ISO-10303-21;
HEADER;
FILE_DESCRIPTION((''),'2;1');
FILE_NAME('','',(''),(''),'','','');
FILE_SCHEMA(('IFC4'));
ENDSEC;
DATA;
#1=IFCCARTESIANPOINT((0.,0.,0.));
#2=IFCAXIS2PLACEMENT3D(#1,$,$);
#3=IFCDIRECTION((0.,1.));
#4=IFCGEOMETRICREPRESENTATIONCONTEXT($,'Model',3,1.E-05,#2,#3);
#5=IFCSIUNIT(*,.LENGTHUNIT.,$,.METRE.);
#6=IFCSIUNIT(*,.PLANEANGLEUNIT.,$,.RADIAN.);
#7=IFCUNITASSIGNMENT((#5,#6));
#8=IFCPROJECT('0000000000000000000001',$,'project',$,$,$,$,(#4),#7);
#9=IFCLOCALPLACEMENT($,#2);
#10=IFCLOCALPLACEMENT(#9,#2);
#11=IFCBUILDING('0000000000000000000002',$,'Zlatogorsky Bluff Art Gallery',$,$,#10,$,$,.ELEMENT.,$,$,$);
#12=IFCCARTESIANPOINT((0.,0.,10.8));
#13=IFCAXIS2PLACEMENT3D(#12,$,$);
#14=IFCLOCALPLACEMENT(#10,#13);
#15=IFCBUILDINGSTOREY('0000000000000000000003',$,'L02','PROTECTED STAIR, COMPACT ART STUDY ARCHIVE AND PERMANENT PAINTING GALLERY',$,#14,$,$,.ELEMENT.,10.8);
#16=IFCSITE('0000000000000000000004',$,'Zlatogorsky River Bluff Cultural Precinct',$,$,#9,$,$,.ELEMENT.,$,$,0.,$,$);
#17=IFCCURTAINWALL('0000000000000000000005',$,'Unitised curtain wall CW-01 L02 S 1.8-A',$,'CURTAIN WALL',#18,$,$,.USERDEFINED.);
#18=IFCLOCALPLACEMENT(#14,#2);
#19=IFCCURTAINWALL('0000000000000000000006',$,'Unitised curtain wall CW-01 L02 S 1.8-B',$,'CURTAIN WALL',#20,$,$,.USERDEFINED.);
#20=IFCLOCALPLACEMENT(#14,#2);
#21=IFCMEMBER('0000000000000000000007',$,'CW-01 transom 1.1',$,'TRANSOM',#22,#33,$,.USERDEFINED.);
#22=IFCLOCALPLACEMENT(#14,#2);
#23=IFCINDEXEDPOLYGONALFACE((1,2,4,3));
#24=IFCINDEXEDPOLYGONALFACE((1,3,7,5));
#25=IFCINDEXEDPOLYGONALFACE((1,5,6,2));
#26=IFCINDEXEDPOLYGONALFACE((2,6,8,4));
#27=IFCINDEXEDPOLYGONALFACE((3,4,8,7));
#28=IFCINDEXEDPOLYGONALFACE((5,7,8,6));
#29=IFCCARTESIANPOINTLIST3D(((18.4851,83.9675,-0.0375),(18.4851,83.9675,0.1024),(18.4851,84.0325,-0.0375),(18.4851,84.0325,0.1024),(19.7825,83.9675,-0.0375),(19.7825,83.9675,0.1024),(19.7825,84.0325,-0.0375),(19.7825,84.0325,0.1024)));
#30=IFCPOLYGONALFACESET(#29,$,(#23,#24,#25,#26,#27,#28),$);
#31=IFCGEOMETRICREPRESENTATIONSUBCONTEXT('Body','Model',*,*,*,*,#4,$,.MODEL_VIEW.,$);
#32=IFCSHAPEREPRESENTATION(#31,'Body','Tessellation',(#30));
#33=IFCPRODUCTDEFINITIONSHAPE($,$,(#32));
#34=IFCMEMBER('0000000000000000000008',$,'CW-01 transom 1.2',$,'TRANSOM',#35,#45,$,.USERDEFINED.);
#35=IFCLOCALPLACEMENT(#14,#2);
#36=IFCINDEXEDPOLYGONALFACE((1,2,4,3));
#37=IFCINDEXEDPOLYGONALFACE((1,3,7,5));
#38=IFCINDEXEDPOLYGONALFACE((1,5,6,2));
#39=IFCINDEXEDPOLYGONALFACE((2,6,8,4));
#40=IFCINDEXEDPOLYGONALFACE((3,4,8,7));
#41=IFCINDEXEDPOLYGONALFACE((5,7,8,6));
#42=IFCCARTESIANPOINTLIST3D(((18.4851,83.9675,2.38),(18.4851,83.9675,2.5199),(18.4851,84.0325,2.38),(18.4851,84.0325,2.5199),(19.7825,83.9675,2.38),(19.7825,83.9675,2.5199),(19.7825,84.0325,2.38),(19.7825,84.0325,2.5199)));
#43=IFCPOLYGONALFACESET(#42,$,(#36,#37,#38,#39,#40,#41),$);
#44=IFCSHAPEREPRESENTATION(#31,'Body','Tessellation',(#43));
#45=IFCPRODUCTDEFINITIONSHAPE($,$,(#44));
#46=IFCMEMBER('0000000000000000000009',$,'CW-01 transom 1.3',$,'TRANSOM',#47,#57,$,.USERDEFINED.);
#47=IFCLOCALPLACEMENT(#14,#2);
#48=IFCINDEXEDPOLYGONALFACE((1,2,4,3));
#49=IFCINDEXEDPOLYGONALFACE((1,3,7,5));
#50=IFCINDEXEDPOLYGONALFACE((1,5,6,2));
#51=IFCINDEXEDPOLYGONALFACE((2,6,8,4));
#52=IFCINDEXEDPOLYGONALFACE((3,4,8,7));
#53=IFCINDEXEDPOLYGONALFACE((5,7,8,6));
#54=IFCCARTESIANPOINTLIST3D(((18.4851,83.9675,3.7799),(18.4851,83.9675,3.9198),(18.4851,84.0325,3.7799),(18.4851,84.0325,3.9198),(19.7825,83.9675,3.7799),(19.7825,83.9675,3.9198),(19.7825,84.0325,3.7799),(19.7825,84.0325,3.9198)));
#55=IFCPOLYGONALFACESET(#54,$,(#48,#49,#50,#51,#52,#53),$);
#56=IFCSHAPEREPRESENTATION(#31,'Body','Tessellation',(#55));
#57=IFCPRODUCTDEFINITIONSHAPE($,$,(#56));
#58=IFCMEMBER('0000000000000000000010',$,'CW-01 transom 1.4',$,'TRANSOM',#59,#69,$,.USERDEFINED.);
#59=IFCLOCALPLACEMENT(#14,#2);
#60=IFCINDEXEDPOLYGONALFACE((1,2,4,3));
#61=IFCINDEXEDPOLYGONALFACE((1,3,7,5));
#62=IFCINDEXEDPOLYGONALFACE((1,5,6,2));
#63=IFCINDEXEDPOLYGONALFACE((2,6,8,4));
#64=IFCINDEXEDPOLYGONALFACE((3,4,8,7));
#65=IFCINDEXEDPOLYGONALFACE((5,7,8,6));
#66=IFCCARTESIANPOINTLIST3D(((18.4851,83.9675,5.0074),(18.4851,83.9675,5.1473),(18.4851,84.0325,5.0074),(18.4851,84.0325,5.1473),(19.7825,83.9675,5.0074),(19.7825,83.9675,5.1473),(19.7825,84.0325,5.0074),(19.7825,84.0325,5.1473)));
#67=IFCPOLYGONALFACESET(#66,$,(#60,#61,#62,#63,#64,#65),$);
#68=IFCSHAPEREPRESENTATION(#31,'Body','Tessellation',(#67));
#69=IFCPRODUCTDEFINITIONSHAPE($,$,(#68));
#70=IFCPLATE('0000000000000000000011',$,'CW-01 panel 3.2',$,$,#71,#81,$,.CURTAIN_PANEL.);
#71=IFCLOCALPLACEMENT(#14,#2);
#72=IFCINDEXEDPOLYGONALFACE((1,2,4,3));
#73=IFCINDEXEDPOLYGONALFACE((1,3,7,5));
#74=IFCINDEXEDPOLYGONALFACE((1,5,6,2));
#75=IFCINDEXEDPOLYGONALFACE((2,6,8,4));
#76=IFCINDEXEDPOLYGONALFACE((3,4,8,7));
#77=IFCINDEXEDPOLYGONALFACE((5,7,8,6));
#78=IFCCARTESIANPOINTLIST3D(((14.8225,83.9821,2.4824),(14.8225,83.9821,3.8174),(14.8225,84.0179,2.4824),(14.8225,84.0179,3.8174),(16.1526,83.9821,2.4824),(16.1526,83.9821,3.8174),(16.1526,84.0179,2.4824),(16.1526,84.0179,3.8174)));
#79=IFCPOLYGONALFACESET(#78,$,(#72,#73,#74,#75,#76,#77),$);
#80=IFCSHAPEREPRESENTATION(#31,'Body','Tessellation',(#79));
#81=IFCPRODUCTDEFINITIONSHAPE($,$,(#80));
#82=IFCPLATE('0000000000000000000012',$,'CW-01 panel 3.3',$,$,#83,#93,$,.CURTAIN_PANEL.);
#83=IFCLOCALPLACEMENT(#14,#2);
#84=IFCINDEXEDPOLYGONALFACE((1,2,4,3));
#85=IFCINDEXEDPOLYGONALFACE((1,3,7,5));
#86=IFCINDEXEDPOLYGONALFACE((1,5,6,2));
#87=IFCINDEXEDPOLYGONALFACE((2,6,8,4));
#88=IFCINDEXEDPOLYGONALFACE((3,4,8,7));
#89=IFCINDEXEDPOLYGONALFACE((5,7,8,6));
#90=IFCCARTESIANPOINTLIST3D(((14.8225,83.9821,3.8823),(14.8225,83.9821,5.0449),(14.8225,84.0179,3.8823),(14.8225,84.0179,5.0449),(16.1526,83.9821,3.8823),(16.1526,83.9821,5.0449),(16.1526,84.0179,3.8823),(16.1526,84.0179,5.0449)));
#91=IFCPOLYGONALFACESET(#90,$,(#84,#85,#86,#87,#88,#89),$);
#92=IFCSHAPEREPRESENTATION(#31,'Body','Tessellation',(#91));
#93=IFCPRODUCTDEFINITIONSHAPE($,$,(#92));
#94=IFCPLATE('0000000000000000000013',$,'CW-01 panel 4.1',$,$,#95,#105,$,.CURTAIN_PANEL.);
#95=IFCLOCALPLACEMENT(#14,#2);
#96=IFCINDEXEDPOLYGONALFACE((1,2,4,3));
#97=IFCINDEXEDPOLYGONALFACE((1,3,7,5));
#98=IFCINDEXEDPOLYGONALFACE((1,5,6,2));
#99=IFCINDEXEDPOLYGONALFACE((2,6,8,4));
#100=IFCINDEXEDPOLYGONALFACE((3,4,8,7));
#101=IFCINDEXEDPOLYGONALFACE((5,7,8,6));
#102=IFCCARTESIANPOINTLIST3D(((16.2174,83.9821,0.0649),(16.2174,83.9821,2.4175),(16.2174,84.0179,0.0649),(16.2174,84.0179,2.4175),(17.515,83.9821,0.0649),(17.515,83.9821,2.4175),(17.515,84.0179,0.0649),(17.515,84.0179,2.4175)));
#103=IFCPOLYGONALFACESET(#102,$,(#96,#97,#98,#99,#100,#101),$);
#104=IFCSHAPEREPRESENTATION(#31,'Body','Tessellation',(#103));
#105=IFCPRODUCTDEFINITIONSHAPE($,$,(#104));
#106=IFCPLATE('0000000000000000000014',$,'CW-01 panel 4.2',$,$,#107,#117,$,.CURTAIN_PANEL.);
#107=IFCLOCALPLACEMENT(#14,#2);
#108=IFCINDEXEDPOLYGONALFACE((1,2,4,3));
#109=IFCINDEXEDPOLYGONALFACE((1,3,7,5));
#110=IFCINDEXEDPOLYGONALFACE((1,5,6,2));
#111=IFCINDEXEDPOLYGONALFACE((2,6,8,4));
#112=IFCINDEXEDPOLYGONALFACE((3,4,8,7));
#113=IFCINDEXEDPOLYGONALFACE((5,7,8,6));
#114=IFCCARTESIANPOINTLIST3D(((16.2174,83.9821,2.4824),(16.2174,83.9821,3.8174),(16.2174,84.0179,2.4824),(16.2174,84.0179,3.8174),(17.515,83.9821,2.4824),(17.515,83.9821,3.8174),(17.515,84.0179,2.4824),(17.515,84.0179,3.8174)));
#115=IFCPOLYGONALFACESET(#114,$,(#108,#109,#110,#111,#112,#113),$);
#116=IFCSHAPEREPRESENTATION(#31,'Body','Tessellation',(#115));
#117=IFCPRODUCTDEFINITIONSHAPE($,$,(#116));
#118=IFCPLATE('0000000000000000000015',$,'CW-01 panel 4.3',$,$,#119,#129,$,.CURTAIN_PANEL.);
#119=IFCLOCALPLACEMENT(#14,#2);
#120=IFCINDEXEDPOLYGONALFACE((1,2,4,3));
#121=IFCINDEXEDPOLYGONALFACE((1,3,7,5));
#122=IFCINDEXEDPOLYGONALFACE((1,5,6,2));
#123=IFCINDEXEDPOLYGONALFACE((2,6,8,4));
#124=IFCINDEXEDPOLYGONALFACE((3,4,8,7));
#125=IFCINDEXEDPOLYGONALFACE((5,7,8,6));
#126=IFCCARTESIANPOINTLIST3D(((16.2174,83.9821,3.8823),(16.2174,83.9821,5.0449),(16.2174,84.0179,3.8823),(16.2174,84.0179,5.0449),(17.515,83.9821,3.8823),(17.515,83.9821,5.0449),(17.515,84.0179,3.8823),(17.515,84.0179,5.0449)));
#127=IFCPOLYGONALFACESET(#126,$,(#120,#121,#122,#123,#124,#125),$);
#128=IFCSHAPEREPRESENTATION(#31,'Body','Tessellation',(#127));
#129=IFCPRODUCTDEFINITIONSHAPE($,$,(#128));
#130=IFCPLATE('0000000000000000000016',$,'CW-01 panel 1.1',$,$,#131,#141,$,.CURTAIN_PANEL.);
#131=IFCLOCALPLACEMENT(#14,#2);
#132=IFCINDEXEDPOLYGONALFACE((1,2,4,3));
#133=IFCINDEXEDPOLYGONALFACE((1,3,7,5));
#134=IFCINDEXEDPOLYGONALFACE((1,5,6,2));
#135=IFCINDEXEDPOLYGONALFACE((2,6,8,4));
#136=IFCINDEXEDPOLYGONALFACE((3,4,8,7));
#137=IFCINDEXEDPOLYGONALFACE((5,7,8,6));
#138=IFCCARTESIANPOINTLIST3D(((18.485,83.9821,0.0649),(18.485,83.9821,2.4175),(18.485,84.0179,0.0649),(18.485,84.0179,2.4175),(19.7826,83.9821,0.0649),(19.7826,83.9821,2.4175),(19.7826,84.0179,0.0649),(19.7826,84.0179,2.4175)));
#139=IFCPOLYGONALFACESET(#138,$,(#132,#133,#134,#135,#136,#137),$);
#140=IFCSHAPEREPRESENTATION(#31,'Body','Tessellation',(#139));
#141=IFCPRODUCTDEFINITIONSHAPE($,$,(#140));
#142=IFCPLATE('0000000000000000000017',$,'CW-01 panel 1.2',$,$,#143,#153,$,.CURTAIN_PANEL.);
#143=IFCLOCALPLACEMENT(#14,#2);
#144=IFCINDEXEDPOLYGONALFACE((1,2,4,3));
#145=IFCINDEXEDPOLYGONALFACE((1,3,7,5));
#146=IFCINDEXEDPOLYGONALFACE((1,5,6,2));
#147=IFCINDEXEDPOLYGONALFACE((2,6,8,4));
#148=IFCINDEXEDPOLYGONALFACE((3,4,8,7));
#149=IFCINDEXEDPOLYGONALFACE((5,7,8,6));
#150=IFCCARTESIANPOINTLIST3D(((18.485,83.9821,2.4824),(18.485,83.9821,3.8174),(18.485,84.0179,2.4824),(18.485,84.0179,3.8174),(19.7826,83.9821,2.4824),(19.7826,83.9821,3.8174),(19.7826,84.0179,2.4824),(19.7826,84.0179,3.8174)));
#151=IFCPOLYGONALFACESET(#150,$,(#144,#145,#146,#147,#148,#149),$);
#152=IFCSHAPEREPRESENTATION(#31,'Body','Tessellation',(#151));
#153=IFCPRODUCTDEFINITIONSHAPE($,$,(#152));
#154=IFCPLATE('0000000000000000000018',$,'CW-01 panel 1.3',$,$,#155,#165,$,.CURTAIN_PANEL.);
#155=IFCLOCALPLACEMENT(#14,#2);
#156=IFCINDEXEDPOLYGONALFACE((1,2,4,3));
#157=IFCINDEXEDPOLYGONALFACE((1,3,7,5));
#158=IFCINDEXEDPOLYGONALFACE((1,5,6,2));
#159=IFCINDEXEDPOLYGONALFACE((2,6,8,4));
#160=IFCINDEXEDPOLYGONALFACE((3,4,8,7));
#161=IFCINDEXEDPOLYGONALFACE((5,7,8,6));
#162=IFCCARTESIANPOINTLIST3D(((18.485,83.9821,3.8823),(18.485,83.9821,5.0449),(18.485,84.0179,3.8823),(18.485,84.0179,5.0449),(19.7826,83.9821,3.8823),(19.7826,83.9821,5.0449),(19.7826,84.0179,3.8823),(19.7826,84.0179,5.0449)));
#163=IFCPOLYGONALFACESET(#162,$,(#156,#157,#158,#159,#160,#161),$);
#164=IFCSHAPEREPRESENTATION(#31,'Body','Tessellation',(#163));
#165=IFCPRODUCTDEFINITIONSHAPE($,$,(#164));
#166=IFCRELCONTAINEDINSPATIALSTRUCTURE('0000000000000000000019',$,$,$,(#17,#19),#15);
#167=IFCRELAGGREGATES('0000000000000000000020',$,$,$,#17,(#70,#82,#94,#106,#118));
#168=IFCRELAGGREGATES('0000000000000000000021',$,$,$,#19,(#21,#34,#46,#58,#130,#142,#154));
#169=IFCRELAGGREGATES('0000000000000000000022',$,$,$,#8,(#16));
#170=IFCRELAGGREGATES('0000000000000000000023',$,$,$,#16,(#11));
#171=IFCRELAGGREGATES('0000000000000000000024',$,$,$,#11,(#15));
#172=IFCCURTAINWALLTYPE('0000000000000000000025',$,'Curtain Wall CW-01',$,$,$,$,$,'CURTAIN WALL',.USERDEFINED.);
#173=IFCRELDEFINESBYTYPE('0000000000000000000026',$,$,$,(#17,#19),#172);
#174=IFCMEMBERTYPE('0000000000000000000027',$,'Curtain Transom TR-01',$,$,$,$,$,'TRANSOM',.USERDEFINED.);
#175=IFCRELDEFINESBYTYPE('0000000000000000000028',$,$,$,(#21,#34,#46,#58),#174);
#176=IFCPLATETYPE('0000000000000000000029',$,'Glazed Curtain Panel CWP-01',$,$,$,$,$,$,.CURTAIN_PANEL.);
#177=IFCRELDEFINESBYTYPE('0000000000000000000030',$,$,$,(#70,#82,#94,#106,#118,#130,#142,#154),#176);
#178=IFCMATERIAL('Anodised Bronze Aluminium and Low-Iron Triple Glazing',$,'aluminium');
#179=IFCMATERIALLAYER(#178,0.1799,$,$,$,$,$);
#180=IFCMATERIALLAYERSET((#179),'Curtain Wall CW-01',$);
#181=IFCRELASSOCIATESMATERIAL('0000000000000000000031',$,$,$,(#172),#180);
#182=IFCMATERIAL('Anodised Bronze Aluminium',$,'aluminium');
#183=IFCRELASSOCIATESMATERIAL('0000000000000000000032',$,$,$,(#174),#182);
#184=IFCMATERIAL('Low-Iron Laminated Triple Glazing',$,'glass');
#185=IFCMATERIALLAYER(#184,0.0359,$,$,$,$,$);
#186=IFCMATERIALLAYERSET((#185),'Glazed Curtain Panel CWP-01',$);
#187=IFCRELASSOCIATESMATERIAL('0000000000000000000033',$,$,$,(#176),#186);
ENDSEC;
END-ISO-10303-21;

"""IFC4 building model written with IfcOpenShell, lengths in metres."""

from ifc_helpers import new_model, si_unit, direction, frame, origin, origin_2d, place, context, subcontext, project, spatial, rectangle, extrude, material, layer, layer_set, material_profile, profile_set, type_object, element, aggregate, save


model = new_model("IFC4")

# Units and contexts
model_context = context("Model", 3, precision=1e-05, world=origin(), true_north=direction((0.0, 1.0)))
body_context = subcontext(model_context, "Body", "Model", "MODEL_VIEW")
ifc_project = project(units=[si_unit("LENGTHUNIT", "METRE"), si_unit("PLANEANGLEUNIT", "RADIAN")], contexts=[model_context])

# Site, building, storey
site_placement = place(None, origin())
site = spatial("IfcSite", under=ifc_project, at=site_placement, Name="Zlatogorsky River Bluff Cultural Precinct", CompositionType="ELEMENT", RefElevation=0.0)
building_placement = place(site_placement, origin())
building = spatial("IfcBuilding", under=site, at=building_placement, Name="Zlatogorsky Bluff Art Gallery", CompositionType="ELEMENT")
storey_placement = place(building_placement, frame((0.0, 0.0, 10.8)))
storey = spatial("IfcBuildingStorey", under=building, at=storey_placement, Name="L02", Description="PROTECTED STAIR, COMPACT ART STUDY ARCHIVE AND PERMANENT PAINTING GALLERY", CompositionType="ELEMENT", Elevation=10.8)

# Curtain wall
ifc_material_1 = material(Name="Anodised Bronze Aluminium and Low-Iron Triple Glazing", Category="aluminium")
ifc_layer_1 = layer(ifc_material_1, 0.1799)
ifc_layer_set_1 = layer_set([ifc_layer_1], Name="Curtain Wall CW-01")
curtain_wall_type = type_object("IfcCurtainWallType", Name="Curtain Wall CW-01", ElementType="CURTAIN WALL", PredefinedType="USERDEFINED", material=ifc_layer_set_1)
curtain_wall_1_placement = place(storey_placement, origin())
curtain_wall_1 = element("IfcCurtainWall", 1, at=curtain_wall_1_placement, inside=storey, type_object=curtain_wall_type, Name="Unitised curtain wall CW-01 L02 S 1.8-A", ObjectType="CURTAIN WALL", PredefinedType="USERDEFINED")
ifc_material_2 = material(Name="Anodised Bronze Aluminium", Category="aluminium")

# Curtain wall
curtain_wall_2_placement = place(storey_placement, origin())
curtain_wall_2 = element("IfcCurtainWall", 2, at=curtain_wall_2_placement, inside=storey, type_object=curtain_wall_type, Name="Unitised curtain wall CW-01 L02 S 1.8-B", ObjectType="CURTAIN WALL", PredefinedType="USERDEFINED")

# Members
ifc_material_profile_1 = material_profile(ifc_material_2, rectangle(XDim=0.0649, YDim=0.1399, at=origin_2d()), Name="ALU TRANSOM 65x140")
ifc_profile_set_1 = profile_set([ifc_material_profile_1], Name="Anodised Bronze Aluminium")
member_type_1 = type_object("IfcMemberType", Name="Curtain Transom TR-01", ElementType="TRANSOM", PredefinedType="USERDEFINED", material=ifc_profile_set_1)
member_1_placement = place(storey_placement, frame((18.4851, 84.0, 0.0325), z_axis=(1.0, 0.0, 0.0), x_axis=(0.0, 1.0, 0.0)))
member_1 = element("IfcMember", 3, at=member_1_placement, type_object=member_type_1, Name="CW-01 transom 1.1", ObjectType="TRANSOM", PredefinedType="USERDEFINED", context=body_context, shape_type="SweptSolid", body=[
    extrude(rectangle(XDim=0.0649, YDim=0.1399, at=origin_2d()), origin(), (0.0, 0.0, 1.0), 1.2974),
])
member_2_placement = place(storey_placement, frame((18.4851, 84.0, 2.45), z_axis=(1.0, 0.0, 0.0), x_axis=(0.0, 1.0, 0.0)))
member_2 = element("IfcMember", 4, at=member_2_placement, type_object=member_type_1, Name="CW-01 transom 1.2", ObjectType="TRANSOM", PredefinedType="USERDEFINED", context=body_context, shape_type="SweptSolid", body=[
    extrude(rectangle(XDim=0.0649, YDim=0.1399, at=origin_2d()), origin(), (0.0, 0.0, 1.0), 1.2974),
])
member_3_placement = place(storey_placement, frame((18.4851, 84.0, 3.8499), z_axis=(1.0, 0.0, 0.0), x_axis=(0.0, 1.0, 0.0)))
member_3 = element("IfcMember", 5, at=member_3_placement, type_object=member_type_1, Name="CW-01 transom 1.3", ObjectType="TRANSOM", PredefinedType="USERDEFINED", context=body_context, shape_type="SweptSolid", body=[
    extrude(rectangle(XDim=0.0649, YDim=0.1399, at=origin_2d()), origin(), (0.0, 0.0, 1.0), 1.2974),
])
member_4_placement = place(storey_placement, frame((18.4851, 84.0, 5.0774), z_axis=(1.0, 0.0, 0.0), x_axis=(0.0, 1.0, 0.0)))
member_4 = element("IfcMember", 6, at=member_4_placement, type_object=member_type_1, Name="CW-01 transom 1.4", ObjectType="TRANSOM", PredefinedType="USERDEFINED", context=body_context, shape_type="SweptSolid", body=[
    extrude(rectangle(XDim=0.0649, YDim=0.1399, at=origin_2d()), origin(), (0.0, 0.0, 1.0), 1.2974),
])

# Plates
ifc_material_3 = material(Name="Low-Iron Laminated Triple Glazing", Category="glass")
ifc_layer_2 = layer(ifc_material_3, 0.0359)
ifc_layer_set_2 = layer_set([ifc_layer_2], Name="Glazed Curtain Panel CWP-01")
plate_type = type_object("IfcPlateType", Name="Glazed Curtain Panel CWP-01", PredefinedType="CURTAIN_PANEL", material=ifc_layer_set_2)
plate_1_placement = place(storey_placement, frame((15.4875, 84.0, 2.4824), z_axis=(0.0, 0.0, 1.0), x_axis=(1.0, 0.0, 0.0)))
plate_1 = element("IfcPlate", 7, at=plate_1_placement, type_object=plate_type, Name="CW-01 panel 3.2", PredefinedType="CURTAIN_PANEL", context=body_context, shape_type="SweptSolid", body=[
    extrude(rectangle(XDim=1.3301, YDim=0.0359, at=origin_2d()), origin(), (0.0, 0.0, 1.0), 1.335),
])
plate_2_placement = place(storey_placement, frame((15.4875, 84.0, 3.8823), z_axis=(0.0, 0.0, 1.0), x_axis=(1.0, 0.0, 0.0)))
plate_2 = element("IfcPlate", 8, at=plate_2_placement, type_object=plate_type, Name="CW-01 panel 3.3", PredefinedType="CURTAIN_PANEL", context=body_context, shape_type="SweptSolid", body=[
    extrude(rectangle(XDim=1.3301, YDim=0.0359, at=origin_2d()), origin(), (0.0, 0.0, 1.0), 1.1626),
])
plate_3_placement = place(storey_placement, frame((16.8662, 84.0, 0.0649), z_axis=(0.0, 0.0, 1.0), x_axis=(1.0, 0.0, 0.0)))
plate_3 = element("IfcPlate", 9, at=plate_3_placement, type_object=plate_type, Name="CW-01 panel 4.1", PredefinedType="CURTAIN_PANEL", context=body_context, shape_type="SweptSolid", body=[
    extrude(rectangle(XDim=1.2976, YDim=0.0359, at=origin_2d()), origin(), (0.0, 0.0, 1.0), 2.3525),
])
plate_4_placement = place(storey_placement, frame((16.8662, 84.0, 2.4824), z_axis=(0.0, 0.0, 1.0), x_axis=(1.0, 0.0, 0.0)))
plate_4 = element("IfcPlate", 10, at=plate_4_placement, type_object=plate_type, Name="CW-01 panel 4.2", PredefinedType="CURTAIN_PANEL", context=body_context, shape_type="SweptSolid", body=[
    extrude(rectangle(XDim=1.2976, YDim=0.0359, at=origin_2d()), origin(), (0.0, 0.0, 1.0), 1.335),
])
plate_5_placement = place(storey_placement, frame((16.8662, 84.0, 3.8823), z_axis=(0.0, 0.0, 1.0), x_axis=(1.0, 0.0, 0.0)))
plate_5 = element("IfcPlate", 11, at=plate_5_placement, type_object=plate_type, Name="CW-01 panel 4.3", PredefinedType="CURTAIN_PANEL", context=body_context, shape_type="SweptSolid", body=[
    extrude(rectangle(XDim=1.2976, YDim=0.0359, at=origin_2d()), origin(), (0.0, 0.0, 1.0), 1.1626),
])
aggregate(curtain_wall_1, [plate_1, plate_2, plate_3, plate_4, plate_5])
plate_6_placement = place(storey_placement, frame((19.1338, 84.0, 0.0649), z_axis=(0.0, 0.0, 1.0), x_axis=(1.0, 0.0, 0.0)))
plate_6 = element("IfcPlate", 12, at=plate_6_placement, type_object=plate_type, Name="CW-01 panel 1.1", PredefinedType="CURTAIN_PANEL", context=body_context, shape_type="SweptSolid", body=[
    extrude(rectangle(XDim=1.2976, YDim=0.0359, at=origin_2d()), origin(), (0.0, 0.0, 1.0), 2.3525),
])
plate_7_placement = place(storey_placement, frame((19.1338, 84.0, 2.4824), z_axis=(0.0, 0.0, 1.0), x_axis=(1.0, 0.0, 0.0)))
plate_7 = element("IfcPlate", 13, at=plate_7_placement, type_object=plate_type, Name="CW-01 panel 1.2", PredefinedType="CURTAIN_PANEL", context=body_context, shape_type="SweptSolid", body=[
    extrude(rectangle(XDim=1.2976, YDim=0.0359, at=origin_2d()), origin(), (0.0, 0.0, 1.0), 1.335),
])
plate_8_placement = place(storey_placement, frame((19.1338, 84.0, 3.8823), z_axis=(0.0, 0.0, 1.0), x_axis=(1.0, 0.0, 0.0)))
plate_8 = element("IfcPlate", 14, at=plate_8_placement, type_object=plate_type, Name="CW-01 panel 1.3", PredefinedType="CURTAIN_PANEL", context=body_context, shape_type="SweptSolid", body=[
    extrude(rectangle(XDim=1.2976, YDim=0.0359, at=origin_2d()), origin(), (0.0, 0.0, 1.0), 1.1626),
])
aggregate(curtain_wall_2, [member_1, member_2, member_3, member_4, plate_6, plate_7, plate_8])

save(model, "model.ifc")
